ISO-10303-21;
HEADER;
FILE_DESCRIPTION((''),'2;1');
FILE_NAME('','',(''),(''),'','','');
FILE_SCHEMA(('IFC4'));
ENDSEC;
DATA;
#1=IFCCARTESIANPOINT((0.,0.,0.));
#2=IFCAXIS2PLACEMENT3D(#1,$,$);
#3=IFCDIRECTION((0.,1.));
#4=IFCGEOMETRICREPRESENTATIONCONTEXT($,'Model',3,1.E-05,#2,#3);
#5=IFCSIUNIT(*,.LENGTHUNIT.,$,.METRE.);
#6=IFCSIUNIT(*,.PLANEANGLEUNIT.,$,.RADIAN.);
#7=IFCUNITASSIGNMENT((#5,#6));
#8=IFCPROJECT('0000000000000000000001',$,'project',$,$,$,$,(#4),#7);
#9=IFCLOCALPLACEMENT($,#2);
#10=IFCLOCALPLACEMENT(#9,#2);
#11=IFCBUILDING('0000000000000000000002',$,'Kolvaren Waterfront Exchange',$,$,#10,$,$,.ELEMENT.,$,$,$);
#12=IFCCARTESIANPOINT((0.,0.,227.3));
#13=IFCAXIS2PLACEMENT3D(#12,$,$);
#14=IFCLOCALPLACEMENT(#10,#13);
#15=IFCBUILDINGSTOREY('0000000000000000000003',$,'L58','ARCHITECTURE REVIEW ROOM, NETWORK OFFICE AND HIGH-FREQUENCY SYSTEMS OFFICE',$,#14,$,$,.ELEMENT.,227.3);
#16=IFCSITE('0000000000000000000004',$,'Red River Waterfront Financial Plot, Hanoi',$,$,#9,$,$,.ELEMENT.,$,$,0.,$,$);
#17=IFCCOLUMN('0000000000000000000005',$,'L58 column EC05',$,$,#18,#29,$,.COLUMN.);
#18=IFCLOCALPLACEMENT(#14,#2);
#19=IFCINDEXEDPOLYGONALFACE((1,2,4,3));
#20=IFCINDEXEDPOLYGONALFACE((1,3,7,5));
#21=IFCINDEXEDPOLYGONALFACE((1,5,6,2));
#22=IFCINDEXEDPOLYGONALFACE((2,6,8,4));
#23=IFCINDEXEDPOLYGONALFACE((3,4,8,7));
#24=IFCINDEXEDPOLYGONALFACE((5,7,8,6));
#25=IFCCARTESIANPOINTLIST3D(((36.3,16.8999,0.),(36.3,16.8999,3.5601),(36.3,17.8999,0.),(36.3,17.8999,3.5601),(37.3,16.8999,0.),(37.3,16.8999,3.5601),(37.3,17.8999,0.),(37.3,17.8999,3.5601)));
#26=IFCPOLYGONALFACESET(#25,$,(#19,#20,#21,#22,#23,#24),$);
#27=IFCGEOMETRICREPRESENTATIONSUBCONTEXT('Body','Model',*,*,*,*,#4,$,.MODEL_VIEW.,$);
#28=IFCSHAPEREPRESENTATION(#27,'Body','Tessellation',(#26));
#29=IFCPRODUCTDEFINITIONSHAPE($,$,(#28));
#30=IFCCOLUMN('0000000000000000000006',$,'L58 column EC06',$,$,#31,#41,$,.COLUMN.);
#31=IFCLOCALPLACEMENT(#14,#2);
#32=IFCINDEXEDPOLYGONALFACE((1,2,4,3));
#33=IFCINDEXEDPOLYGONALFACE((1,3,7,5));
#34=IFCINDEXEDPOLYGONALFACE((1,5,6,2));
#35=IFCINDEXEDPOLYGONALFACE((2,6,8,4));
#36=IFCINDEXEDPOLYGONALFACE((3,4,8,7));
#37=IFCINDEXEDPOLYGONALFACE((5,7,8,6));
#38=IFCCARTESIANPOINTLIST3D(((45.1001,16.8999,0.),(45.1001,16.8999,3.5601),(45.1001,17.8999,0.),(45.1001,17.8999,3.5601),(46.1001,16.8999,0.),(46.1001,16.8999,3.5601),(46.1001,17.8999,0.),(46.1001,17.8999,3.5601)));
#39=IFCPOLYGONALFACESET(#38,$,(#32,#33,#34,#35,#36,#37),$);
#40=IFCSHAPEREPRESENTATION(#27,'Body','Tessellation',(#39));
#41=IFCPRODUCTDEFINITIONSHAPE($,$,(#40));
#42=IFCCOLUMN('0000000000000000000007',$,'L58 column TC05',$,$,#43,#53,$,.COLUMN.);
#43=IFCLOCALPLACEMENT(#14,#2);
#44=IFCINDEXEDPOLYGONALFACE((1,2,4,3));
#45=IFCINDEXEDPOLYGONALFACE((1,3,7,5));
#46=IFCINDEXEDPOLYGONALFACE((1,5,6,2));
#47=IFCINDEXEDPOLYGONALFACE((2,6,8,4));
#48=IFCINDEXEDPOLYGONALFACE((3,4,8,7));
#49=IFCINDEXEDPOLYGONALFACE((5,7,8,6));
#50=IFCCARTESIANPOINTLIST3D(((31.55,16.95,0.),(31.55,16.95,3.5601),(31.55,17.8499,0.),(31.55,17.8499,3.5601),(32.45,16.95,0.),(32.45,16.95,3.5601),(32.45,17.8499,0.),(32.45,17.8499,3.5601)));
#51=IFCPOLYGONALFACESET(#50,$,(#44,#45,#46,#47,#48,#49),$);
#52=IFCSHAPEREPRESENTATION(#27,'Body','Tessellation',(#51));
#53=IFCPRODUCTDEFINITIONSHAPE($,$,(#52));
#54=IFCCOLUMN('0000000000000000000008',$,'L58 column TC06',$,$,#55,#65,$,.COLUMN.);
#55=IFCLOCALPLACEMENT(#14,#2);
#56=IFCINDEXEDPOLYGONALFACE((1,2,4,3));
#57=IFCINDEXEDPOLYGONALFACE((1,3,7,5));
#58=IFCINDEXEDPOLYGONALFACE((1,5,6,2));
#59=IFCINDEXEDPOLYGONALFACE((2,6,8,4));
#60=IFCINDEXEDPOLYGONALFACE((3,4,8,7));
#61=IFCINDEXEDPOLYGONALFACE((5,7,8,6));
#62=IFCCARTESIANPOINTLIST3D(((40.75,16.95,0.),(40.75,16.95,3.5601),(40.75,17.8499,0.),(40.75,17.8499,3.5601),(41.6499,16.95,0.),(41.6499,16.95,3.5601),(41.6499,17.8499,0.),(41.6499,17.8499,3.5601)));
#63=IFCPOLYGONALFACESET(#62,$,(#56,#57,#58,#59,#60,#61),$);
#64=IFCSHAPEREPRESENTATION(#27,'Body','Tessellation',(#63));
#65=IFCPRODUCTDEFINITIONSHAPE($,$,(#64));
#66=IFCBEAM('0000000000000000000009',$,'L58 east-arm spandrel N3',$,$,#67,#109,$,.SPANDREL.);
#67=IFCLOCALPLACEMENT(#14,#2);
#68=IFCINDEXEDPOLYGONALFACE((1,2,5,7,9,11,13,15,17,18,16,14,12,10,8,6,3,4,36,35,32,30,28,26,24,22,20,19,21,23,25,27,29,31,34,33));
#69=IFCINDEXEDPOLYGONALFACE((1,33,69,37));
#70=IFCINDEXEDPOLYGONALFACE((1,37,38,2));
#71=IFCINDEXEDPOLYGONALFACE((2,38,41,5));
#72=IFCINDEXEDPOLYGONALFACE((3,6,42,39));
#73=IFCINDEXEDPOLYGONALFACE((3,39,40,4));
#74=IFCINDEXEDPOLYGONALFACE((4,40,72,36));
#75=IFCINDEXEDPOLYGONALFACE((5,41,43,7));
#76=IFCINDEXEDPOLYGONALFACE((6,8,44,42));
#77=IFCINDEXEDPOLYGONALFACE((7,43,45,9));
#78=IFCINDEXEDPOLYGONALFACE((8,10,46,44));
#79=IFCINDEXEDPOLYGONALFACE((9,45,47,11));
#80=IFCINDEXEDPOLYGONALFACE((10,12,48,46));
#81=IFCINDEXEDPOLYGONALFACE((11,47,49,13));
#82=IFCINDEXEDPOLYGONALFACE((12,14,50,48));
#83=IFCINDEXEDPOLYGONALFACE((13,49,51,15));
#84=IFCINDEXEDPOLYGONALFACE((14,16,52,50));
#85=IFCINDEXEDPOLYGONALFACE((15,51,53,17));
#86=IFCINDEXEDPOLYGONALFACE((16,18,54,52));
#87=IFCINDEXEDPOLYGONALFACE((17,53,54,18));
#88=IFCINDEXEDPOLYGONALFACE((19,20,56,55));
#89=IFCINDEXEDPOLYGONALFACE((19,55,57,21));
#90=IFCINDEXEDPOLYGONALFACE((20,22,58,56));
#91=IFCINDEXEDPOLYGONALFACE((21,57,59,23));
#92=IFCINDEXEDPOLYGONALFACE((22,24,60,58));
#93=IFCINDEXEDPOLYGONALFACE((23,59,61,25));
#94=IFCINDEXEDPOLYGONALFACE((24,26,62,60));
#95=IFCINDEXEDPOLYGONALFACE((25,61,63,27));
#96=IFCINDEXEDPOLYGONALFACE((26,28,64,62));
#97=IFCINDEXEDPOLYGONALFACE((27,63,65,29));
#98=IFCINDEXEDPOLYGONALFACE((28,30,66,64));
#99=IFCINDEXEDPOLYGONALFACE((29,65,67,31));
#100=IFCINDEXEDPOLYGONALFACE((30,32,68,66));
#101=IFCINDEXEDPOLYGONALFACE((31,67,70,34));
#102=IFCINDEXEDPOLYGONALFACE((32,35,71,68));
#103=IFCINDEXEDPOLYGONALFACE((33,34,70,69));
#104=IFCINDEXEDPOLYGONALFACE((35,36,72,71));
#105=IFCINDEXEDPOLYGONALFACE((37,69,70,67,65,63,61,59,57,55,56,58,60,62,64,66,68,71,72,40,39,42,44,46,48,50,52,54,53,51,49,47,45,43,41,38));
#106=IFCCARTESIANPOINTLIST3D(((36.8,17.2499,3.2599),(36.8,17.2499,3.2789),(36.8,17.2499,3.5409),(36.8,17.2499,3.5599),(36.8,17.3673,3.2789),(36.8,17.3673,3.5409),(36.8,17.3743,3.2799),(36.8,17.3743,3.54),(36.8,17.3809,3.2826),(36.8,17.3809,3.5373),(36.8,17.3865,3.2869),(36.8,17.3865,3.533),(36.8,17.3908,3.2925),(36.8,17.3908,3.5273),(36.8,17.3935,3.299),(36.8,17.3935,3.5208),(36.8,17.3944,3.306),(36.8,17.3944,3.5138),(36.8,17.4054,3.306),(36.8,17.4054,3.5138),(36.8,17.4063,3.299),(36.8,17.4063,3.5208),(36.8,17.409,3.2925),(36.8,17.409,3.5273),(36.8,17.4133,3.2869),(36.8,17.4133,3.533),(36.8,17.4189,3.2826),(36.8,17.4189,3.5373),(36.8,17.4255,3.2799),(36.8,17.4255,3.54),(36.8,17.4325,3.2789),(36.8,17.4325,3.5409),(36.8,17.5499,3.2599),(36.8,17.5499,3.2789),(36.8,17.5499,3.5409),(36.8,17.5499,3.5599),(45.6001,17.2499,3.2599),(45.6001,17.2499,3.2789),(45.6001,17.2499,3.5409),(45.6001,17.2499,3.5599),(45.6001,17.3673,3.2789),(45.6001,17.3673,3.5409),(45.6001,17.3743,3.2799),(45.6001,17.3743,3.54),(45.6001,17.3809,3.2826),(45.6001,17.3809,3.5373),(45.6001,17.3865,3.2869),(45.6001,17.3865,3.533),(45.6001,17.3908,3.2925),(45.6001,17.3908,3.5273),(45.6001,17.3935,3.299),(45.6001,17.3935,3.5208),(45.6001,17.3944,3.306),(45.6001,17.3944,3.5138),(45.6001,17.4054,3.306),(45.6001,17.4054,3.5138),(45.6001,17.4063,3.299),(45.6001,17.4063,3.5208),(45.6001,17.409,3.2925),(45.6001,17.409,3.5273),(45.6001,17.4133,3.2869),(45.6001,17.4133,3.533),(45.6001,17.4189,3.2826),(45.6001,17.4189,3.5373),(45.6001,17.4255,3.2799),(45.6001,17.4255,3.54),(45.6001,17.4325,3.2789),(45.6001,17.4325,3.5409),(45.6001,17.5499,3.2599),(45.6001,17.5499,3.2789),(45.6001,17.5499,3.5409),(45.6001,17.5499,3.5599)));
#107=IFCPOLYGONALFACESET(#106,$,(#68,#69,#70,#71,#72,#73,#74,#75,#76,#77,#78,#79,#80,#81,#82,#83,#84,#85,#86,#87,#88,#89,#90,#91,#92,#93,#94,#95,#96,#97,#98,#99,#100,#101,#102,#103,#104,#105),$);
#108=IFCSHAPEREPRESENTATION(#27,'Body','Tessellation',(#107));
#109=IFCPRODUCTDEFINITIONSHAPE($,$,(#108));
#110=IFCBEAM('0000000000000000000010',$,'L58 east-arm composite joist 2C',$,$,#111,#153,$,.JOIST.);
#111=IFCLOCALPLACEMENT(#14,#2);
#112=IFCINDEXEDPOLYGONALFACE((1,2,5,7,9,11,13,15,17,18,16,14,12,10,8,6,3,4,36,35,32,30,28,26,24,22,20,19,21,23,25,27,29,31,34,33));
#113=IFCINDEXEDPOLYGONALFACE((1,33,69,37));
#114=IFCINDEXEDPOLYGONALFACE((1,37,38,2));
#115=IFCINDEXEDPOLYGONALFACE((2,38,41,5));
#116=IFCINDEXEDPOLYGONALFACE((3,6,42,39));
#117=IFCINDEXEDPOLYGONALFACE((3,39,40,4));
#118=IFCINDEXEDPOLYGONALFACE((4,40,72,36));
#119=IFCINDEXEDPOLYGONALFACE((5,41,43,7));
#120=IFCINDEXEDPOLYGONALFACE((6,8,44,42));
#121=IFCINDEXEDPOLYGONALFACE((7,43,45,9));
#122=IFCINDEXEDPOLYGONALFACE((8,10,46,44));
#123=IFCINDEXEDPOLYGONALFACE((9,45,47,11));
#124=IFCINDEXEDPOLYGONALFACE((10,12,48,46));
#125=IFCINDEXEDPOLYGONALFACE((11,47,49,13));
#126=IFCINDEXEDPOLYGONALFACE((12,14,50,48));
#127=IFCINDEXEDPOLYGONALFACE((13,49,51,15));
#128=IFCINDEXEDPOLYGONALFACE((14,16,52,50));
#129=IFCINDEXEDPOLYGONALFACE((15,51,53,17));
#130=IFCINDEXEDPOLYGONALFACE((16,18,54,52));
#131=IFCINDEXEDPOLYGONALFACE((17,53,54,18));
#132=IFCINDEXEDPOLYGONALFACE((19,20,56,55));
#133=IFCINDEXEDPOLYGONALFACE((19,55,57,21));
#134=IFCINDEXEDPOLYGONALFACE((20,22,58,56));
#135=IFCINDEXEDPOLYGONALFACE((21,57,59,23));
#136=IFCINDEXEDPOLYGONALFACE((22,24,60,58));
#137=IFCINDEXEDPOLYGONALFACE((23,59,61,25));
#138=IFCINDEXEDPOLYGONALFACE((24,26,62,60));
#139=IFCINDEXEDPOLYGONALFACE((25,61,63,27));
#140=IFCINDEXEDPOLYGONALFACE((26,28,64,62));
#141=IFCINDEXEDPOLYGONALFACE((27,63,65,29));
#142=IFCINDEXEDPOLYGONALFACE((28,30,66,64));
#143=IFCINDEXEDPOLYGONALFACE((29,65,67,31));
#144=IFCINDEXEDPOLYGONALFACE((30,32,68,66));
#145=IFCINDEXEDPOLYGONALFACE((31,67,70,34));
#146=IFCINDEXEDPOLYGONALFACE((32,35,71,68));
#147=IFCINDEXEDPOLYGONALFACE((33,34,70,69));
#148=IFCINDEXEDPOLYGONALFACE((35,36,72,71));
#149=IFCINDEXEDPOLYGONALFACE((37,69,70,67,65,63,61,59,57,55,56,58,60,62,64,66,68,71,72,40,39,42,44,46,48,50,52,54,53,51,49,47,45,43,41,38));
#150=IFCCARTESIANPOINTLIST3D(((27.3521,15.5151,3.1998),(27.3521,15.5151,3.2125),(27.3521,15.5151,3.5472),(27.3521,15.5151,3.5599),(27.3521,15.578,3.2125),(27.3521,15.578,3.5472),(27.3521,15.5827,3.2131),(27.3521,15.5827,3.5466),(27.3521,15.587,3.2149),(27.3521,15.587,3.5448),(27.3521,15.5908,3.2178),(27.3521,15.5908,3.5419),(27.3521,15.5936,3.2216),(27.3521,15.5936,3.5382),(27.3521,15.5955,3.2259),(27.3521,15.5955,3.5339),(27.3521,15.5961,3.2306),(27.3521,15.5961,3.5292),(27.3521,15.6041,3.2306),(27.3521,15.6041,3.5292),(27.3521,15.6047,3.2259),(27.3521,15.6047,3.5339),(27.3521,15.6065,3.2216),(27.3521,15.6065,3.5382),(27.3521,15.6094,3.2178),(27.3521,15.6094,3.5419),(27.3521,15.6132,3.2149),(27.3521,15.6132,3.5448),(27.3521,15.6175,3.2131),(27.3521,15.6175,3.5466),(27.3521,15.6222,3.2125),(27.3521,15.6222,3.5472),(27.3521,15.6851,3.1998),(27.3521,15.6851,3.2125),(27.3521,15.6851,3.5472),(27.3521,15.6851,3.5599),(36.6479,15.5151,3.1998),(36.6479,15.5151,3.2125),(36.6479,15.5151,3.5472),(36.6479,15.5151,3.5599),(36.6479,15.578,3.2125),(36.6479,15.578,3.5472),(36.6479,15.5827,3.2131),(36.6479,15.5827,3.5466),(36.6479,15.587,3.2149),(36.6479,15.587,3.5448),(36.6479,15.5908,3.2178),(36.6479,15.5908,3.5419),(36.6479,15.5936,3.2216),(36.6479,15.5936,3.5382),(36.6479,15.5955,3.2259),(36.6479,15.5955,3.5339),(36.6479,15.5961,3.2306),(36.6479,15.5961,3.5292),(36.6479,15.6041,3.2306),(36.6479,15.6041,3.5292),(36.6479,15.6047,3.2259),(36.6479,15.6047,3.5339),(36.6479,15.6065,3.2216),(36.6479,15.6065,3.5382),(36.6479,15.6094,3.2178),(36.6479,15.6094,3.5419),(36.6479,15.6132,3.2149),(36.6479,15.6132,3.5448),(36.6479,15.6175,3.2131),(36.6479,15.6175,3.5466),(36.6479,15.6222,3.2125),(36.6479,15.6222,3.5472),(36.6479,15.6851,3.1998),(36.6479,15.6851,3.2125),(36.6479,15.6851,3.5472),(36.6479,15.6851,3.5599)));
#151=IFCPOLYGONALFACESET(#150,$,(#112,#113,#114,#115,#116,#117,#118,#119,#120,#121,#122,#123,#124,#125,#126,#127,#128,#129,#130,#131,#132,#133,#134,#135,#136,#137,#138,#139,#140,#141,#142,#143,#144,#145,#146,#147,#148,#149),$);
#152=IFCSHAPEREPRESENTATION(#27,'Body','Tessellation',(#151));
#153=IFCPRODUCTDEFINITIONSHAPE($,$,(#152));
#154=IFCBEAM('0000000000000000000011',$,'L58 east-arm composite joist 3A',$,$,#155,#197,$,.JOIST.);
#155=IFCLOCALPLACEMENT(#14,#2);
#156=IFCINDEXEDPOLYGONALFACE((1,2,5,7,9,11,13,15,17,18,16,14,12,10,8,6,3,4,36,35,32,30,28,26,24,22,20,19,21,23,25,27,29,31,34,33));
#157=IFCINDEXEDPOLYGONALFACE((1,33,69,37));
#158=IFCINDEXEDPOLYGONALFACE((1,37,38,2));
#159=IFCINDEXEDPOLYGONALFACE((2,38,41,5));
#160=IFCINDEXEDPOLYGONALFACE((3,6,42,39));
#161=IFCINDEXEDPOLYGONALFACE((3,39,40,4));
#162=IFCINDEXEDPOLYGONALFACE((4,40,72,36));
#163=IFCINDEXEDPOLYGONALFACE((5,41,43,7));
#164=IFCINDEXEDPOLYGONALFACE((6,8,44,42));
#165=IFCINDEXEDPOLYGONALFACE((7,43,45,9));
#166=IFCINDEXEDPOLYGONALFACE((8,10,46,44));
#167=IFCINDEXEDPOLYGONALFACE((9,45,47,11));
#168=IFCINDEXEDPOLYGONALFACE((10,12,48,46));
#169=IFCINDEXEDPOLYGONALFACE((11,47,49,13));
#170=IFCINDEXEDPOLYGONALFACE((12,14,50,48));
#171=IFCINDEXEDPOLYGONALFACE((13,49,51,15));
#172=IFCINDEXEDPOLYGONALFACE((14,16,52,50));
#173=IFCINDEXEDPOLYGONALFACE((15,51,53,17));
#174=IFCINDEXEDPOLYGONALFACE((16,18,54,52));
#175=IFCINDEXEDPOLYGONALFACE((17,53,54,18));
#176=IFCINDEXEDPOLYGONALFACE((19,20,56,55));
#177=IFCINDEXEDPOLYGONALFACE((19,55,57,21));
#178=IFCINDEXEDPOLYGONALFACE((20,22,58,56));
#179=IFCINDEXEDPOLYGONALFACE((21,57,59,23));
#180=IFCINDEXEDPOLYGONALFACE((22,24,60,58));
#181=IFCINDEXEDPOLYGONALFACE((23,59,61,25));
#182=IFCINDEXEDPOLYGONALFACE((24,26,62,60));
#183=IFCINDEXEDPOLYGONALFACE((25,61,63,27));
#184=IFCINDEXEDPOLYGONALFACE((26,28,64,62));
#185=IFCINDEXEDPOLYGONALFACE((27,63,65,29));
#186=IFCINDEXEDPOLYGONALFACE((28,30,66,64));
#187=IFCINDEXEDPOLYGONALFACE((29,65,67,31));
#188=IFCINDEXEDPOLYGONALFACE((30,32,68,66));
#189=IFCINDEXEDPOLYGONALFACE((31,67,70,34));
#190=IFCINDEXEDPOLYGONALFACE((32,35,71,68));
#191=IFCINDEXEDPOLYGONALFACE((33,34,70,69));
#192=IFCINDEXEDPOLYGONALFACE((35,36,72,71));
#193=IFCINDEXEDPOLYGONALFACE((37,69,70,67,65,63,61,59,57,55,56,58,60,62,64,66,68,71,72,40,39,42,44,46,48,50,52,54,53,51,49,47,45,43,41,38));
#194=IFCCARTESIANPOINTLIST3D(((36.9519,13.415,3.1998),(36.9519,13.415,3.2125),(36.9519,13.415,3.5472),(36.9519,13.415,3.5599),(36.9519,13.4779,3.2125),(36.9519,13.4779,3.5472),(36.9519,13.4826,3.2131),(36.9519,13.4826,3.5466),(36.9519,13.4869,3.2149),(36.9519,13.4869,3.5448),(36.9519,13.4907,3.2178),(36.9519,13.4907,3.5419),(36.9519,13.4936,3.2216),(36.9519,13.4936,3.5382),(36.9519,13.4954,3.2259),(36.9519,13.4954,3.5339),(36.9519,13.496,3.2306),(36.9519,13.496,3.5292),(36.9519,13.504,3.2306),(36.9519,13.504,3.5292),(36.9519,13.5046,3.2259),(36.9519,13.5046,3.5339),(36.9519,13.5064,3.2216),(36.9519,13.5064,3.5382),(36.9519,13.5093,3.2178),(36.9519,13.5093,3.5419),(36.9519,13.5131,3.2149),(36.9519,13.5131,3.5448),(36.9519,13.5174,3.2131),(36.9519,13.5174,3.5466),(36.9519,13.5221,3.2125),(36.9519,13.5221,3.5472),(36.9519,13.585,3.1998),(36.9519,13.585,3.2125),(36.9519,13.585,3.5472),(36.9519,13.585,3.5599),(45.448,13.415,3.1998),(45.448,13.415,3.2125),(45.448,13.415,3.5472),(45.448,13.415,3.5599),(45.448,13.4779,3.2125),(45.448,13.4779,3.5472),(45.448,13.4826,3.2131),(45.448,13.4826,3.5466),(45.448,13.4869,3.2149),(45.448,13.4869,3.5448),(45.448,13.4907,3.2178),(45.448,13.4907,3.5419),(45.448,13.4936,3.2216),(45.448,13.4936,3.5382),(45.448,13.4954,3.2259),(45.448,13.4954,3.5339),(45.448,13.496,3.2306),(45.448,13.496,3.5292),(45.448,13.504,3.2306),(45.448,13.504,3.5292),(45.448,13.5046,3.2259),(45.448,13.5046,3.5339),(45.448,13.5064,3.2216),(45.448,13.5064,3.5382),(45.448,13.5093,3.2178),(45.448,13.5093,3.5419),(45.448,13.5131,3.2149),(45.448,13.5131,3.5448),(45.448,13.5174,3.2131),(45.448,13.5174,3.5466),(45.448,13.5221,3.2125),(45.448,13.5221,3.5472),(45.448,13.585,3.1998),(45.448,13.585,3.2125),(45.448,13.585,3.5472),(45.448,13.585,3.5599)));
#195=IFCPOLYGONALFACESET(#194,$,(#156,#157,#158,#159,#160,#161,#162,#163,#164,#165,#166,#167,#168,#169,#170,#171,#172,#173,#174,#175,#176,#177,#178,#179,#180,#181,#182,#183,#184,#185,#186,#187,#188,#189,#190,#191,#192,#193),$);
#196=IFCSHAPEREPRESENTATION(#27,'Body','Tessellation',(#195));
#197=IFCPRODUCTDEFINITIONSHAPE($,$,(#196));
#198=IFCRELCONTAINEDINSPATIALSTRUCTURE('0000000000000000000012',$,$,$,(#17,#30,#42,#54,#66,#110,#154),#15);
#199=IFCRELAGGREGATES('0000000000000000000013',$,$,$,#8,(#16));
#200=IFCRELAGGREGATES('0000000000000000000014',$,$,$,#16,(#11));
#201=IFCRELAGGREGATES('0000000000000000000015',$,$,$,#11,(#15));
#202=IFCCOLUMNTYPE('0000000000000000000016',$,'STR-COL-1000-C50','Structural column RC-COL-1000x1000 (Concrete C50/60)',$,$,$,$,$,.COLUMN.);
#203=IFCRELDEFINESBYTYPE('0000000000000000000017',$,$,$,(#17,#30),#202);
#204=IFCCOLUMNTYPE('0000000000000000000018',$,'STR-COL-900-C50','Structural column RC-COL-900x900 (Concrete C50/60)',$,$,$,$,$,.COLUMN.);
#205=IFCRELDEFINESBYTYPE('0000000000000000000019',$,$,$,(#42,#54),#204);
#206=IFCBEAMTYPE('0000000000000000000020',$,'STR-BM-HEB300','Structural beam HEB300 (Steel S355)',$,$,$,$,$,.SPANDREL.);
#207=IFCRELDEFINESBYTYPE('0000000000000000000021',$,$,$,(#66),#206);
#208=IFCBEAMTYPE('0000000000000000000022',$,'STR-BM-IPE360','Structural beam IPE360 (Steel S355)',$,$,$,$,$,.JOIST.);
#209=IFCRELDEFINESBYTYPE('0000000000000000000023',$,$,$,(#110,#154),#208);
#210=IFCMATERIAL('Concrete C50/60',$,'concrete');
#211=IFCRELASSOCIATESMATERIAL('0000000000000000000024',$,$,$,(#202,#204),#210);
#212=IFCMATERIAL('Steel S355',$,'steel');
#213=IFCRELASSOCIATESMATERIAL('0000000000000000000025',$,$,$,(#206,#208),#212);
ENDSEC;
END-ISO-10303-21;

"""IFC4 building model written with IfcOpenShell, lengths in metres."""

from ifc_helpers import new_model, si_unit, direction, frame, origin, origin_2d, place, context, subcontext, project, spatial, rectangle, i_section, extrude, material, material_profile, profile_set, type_object, element, save


model = new_model("IFC4")

# Units and contexts
model_context = context("Model", 3, precision=1e-05, world=origin(), true_north=direction((0.0, 1.0)))
body_context = subcontext(model_context, "Body", "Model", "MODEL_VIEW")
ifc_project = project(units=[si_unit("LENGTHUNIT", "METRE"), si_unit("PLANEANGLEUNIT", "RADIAN")], contexts=[model_context])

# Site, building, storey
site_placement = place(None, origin())
site = spatial("IfcSite", under=ifc_project, at=site_placement, Name="Red River Waterfront Financial Plot, Hanoi", CompositionType="ELEMENT", RefElevation=0.0)
building_placement = place(site_placement, origin())
building = spatial("IfcBuilding", under=site, at=building_placement, Name="Kolvaren Waterfront Exchange", CompositionType="ELEMENT")
storey_placement = place(building_placement, frame((0.0, 0.0, 227.3)))
storey = spatial("IfcBuildingStorey", under=building, at=storey_placement, Name="L58", Description="ARCHITECTURE REVIEW ROOM, NETWORK OFFICE AND HIGH-FREQUENCY SYSTEMS OFFICE", CompositionType="ELEMENT", Elevation=227.3)

# Columns
ifc_material_1 = material(Name="Concrete C50/60", Category="concrete")
ifc_material_profile_1 = material_profile(ifc_material_1, rectangle(XDim=1.0, YDim=1.0, at=origin_2d()), Name="RC-COL-1000x1000")
ifc_profile_set_1 = profile_set([ifc_material_profile_1], Name="Concrete C50/60")
column_type_1 = type_object("IfcColumnType", Name="STR-COL-1000-C50", Description="Structural column RC-COL-1000x1000 (Concrete C50/60)", PredefinedType="COLUMN", material=ifc_profile_set_1)
for number, where, z_axis, x_axis, name in (
    (1, (36.8, 17.3999, 0.0), (0.0, 0.0, 1.0), (1.0, 0.0, 0.0), "L58 column EC05"),
    (2, (45.6001, 17.3999, 0.0), (0.0, 0.0, 1.0), (1.0, 0.0, 0.0), "L58 column EC06"),
):
    element("IfcColumn", number, at=place(storey_placement, frame(where, z_axis=z_axis, x_axis=x_axis)), inside=storey, type_object=column_type_1, Name=name, PredefinedType="COLUMN", context=body_context, shape_type="SweptSolid", body=[
        extrude(rectangle(XDim=1.0, YDim=1.0, at=origin_2d()), origin(), (0.0, 0.0, 1.0), 3.5601),
    ])
ifc_material_profile_2 = material_profile(ifc_material_1, rectangle(XDim=0.8999, YDim=0.8999, at=origin_2d()), Name="RC-COL-900x900")
ifc_profile_set_2 = profile_set([ifc_material_profile_2], Name="Concrete C50/60")
column_type_2 = type_object("IfcColumnType", Name="STR-COL-900-C50", Description="Structural column RC-COL-900x900 (Concrete C50/60)", PredefinedType="COLUMN", material=ifc_profile_set_2)
for number, where, z_axis, x_axis, name in (
    (3, (32.0, 17.3999, 0.0), (0.0, 0.0, 1.0), (1.0, 0.0, 0.0), "L58 column TC05"),
    (4, (41.2, 17.3999, 0.0), (0.0, 0.0, 1.0), (1.0, 0.0, 0.0), "L58 column TC06"),
):
    element("IfcColumn", number, at=place(storey_placement, frame(where, z_axis=z_axis, x_axis=x_axis)), inside=storey, type_object=column_type_2, Name=name, PredefinedType="COLUMN", context=body_context, shape_type="SweptSolid", body=[
        extrude(rectangle(XDim=0.8999, YDim=0.8999, at=origin_2d()), origin(), (0.0, 0.0, 1.0), 3.5601),
    ])

# Beams
ifc_material_2 = material(Name="Steel S355", Category="steel")
ifc_material_profile_3 = material_profile(ifc_material_2, i_section(OverallWidth=0.3, OverallDepth=0.3, WebThickness=0.011, FlangeThickness=0.019, FilletRadius=0.0271, at=origin_2d()), Name="HEB300")
ifc_profile_set_3 = profile_set([ifc_material_profile_3], Name="Steel S355")
beam_type_1 = type_object("IfcBeamType", Name="STR-BM-HEB300", Description="Structural beam HEB300 (Steel S355)", PredefinedType="SPANDREL", material=ifc_profile_set_3)
beam_1_placement = place(storey_placement, frame((36.8, 17.3999, 3.4099), z_axis=(1.0, 0.0, 0.0), x_axis=(0.0, 1.0, 0.0)))
element("IfcBeam", 5, at=beam_1_placement, inside=storey, type_object=beam_type_1, Name="L58 east-arm spandrel N3", PredefinedType="SPANDREL", context=body_context, shape_type="SweptSolid", body=[
    extrude(i_section(OverallWidth=0.3, OverallDepth=0.3, WebThickness=0.011, FlangeThickness=0.019, FilletRadius=0.0271, at=origin_2d()), origin(), (0.0, 0.0, 1.0), 8.8),
])
ifc_material_profile_4 = material_profile(ifc_material_2, i_section(OverallWidth=0.1699, OverallDepth=0.3601, WebThickness=0.0081, FlangeThickness=0.0127, FilletRadius=0.0181, at=origin_2d()), Name="IPE360")
ifc_profile_set_4 = profile_set([ifc_material_profile_4], Name="Steel S355")
beam_type_2 = type_object("IfcBeamType", Name="STR-BM-IPE360", Description="Structural beam IPE360 (Steel S355)", PredefinedType="JOIST", material=ifc_profile_set_4)
beam_2_placement = place(storey_placement, frame((27.3521, 15.6001, 3.3799), z_axis=(1.0, 0.0, 0.0), x_axis=(0.0, 1.0, 0.0)))
element("IfcBeam", 6, at=beam_2_placement, inside=storey, type_object=beam_type_2, Name="L58 east-arm composite joist 2C", PredefinedType="JOIST", context=body_context, shape_type="SweptSolid", body=[
    extrude(i_section(OverallWidth=0.1699, OverallDepth=0.3601, WebThickness=0.0081, FlangeThickness=0.0127, FilletRadius=0.0181, at=origin_2d()), origin(), (0.0, 0.0, 1.0), 9.2959),
])
for number, where, z_axis, x_axis, name in (
    (7, (36.9519, 13.5, 3.3799), (1.0, 0.0, 0.0), (0.0, 1.0, 0.0), "L58 east-arm composite joist 3A"),
):
    element("IfcBeam", number, at=place(storey_placement, frame(where, z_axis=z_axis, x_axis=x_axis)), inside=storey, type_object=beam_type_2, Name=name, PredefinedType="JOIST", context=body_context, shape_type="SweptSolid", body=[
        extrude(i_section(OverallWidth=0.1699, OverallDepth=0.3601, WebThickness=0.0081, FlangeThickness=0.0127, FilletRadius=0.0181, at=origin_2d()), origin(), (0.0, 0.0, 1.0), 8.4961),
    ])

save(model, "model.ifc")
